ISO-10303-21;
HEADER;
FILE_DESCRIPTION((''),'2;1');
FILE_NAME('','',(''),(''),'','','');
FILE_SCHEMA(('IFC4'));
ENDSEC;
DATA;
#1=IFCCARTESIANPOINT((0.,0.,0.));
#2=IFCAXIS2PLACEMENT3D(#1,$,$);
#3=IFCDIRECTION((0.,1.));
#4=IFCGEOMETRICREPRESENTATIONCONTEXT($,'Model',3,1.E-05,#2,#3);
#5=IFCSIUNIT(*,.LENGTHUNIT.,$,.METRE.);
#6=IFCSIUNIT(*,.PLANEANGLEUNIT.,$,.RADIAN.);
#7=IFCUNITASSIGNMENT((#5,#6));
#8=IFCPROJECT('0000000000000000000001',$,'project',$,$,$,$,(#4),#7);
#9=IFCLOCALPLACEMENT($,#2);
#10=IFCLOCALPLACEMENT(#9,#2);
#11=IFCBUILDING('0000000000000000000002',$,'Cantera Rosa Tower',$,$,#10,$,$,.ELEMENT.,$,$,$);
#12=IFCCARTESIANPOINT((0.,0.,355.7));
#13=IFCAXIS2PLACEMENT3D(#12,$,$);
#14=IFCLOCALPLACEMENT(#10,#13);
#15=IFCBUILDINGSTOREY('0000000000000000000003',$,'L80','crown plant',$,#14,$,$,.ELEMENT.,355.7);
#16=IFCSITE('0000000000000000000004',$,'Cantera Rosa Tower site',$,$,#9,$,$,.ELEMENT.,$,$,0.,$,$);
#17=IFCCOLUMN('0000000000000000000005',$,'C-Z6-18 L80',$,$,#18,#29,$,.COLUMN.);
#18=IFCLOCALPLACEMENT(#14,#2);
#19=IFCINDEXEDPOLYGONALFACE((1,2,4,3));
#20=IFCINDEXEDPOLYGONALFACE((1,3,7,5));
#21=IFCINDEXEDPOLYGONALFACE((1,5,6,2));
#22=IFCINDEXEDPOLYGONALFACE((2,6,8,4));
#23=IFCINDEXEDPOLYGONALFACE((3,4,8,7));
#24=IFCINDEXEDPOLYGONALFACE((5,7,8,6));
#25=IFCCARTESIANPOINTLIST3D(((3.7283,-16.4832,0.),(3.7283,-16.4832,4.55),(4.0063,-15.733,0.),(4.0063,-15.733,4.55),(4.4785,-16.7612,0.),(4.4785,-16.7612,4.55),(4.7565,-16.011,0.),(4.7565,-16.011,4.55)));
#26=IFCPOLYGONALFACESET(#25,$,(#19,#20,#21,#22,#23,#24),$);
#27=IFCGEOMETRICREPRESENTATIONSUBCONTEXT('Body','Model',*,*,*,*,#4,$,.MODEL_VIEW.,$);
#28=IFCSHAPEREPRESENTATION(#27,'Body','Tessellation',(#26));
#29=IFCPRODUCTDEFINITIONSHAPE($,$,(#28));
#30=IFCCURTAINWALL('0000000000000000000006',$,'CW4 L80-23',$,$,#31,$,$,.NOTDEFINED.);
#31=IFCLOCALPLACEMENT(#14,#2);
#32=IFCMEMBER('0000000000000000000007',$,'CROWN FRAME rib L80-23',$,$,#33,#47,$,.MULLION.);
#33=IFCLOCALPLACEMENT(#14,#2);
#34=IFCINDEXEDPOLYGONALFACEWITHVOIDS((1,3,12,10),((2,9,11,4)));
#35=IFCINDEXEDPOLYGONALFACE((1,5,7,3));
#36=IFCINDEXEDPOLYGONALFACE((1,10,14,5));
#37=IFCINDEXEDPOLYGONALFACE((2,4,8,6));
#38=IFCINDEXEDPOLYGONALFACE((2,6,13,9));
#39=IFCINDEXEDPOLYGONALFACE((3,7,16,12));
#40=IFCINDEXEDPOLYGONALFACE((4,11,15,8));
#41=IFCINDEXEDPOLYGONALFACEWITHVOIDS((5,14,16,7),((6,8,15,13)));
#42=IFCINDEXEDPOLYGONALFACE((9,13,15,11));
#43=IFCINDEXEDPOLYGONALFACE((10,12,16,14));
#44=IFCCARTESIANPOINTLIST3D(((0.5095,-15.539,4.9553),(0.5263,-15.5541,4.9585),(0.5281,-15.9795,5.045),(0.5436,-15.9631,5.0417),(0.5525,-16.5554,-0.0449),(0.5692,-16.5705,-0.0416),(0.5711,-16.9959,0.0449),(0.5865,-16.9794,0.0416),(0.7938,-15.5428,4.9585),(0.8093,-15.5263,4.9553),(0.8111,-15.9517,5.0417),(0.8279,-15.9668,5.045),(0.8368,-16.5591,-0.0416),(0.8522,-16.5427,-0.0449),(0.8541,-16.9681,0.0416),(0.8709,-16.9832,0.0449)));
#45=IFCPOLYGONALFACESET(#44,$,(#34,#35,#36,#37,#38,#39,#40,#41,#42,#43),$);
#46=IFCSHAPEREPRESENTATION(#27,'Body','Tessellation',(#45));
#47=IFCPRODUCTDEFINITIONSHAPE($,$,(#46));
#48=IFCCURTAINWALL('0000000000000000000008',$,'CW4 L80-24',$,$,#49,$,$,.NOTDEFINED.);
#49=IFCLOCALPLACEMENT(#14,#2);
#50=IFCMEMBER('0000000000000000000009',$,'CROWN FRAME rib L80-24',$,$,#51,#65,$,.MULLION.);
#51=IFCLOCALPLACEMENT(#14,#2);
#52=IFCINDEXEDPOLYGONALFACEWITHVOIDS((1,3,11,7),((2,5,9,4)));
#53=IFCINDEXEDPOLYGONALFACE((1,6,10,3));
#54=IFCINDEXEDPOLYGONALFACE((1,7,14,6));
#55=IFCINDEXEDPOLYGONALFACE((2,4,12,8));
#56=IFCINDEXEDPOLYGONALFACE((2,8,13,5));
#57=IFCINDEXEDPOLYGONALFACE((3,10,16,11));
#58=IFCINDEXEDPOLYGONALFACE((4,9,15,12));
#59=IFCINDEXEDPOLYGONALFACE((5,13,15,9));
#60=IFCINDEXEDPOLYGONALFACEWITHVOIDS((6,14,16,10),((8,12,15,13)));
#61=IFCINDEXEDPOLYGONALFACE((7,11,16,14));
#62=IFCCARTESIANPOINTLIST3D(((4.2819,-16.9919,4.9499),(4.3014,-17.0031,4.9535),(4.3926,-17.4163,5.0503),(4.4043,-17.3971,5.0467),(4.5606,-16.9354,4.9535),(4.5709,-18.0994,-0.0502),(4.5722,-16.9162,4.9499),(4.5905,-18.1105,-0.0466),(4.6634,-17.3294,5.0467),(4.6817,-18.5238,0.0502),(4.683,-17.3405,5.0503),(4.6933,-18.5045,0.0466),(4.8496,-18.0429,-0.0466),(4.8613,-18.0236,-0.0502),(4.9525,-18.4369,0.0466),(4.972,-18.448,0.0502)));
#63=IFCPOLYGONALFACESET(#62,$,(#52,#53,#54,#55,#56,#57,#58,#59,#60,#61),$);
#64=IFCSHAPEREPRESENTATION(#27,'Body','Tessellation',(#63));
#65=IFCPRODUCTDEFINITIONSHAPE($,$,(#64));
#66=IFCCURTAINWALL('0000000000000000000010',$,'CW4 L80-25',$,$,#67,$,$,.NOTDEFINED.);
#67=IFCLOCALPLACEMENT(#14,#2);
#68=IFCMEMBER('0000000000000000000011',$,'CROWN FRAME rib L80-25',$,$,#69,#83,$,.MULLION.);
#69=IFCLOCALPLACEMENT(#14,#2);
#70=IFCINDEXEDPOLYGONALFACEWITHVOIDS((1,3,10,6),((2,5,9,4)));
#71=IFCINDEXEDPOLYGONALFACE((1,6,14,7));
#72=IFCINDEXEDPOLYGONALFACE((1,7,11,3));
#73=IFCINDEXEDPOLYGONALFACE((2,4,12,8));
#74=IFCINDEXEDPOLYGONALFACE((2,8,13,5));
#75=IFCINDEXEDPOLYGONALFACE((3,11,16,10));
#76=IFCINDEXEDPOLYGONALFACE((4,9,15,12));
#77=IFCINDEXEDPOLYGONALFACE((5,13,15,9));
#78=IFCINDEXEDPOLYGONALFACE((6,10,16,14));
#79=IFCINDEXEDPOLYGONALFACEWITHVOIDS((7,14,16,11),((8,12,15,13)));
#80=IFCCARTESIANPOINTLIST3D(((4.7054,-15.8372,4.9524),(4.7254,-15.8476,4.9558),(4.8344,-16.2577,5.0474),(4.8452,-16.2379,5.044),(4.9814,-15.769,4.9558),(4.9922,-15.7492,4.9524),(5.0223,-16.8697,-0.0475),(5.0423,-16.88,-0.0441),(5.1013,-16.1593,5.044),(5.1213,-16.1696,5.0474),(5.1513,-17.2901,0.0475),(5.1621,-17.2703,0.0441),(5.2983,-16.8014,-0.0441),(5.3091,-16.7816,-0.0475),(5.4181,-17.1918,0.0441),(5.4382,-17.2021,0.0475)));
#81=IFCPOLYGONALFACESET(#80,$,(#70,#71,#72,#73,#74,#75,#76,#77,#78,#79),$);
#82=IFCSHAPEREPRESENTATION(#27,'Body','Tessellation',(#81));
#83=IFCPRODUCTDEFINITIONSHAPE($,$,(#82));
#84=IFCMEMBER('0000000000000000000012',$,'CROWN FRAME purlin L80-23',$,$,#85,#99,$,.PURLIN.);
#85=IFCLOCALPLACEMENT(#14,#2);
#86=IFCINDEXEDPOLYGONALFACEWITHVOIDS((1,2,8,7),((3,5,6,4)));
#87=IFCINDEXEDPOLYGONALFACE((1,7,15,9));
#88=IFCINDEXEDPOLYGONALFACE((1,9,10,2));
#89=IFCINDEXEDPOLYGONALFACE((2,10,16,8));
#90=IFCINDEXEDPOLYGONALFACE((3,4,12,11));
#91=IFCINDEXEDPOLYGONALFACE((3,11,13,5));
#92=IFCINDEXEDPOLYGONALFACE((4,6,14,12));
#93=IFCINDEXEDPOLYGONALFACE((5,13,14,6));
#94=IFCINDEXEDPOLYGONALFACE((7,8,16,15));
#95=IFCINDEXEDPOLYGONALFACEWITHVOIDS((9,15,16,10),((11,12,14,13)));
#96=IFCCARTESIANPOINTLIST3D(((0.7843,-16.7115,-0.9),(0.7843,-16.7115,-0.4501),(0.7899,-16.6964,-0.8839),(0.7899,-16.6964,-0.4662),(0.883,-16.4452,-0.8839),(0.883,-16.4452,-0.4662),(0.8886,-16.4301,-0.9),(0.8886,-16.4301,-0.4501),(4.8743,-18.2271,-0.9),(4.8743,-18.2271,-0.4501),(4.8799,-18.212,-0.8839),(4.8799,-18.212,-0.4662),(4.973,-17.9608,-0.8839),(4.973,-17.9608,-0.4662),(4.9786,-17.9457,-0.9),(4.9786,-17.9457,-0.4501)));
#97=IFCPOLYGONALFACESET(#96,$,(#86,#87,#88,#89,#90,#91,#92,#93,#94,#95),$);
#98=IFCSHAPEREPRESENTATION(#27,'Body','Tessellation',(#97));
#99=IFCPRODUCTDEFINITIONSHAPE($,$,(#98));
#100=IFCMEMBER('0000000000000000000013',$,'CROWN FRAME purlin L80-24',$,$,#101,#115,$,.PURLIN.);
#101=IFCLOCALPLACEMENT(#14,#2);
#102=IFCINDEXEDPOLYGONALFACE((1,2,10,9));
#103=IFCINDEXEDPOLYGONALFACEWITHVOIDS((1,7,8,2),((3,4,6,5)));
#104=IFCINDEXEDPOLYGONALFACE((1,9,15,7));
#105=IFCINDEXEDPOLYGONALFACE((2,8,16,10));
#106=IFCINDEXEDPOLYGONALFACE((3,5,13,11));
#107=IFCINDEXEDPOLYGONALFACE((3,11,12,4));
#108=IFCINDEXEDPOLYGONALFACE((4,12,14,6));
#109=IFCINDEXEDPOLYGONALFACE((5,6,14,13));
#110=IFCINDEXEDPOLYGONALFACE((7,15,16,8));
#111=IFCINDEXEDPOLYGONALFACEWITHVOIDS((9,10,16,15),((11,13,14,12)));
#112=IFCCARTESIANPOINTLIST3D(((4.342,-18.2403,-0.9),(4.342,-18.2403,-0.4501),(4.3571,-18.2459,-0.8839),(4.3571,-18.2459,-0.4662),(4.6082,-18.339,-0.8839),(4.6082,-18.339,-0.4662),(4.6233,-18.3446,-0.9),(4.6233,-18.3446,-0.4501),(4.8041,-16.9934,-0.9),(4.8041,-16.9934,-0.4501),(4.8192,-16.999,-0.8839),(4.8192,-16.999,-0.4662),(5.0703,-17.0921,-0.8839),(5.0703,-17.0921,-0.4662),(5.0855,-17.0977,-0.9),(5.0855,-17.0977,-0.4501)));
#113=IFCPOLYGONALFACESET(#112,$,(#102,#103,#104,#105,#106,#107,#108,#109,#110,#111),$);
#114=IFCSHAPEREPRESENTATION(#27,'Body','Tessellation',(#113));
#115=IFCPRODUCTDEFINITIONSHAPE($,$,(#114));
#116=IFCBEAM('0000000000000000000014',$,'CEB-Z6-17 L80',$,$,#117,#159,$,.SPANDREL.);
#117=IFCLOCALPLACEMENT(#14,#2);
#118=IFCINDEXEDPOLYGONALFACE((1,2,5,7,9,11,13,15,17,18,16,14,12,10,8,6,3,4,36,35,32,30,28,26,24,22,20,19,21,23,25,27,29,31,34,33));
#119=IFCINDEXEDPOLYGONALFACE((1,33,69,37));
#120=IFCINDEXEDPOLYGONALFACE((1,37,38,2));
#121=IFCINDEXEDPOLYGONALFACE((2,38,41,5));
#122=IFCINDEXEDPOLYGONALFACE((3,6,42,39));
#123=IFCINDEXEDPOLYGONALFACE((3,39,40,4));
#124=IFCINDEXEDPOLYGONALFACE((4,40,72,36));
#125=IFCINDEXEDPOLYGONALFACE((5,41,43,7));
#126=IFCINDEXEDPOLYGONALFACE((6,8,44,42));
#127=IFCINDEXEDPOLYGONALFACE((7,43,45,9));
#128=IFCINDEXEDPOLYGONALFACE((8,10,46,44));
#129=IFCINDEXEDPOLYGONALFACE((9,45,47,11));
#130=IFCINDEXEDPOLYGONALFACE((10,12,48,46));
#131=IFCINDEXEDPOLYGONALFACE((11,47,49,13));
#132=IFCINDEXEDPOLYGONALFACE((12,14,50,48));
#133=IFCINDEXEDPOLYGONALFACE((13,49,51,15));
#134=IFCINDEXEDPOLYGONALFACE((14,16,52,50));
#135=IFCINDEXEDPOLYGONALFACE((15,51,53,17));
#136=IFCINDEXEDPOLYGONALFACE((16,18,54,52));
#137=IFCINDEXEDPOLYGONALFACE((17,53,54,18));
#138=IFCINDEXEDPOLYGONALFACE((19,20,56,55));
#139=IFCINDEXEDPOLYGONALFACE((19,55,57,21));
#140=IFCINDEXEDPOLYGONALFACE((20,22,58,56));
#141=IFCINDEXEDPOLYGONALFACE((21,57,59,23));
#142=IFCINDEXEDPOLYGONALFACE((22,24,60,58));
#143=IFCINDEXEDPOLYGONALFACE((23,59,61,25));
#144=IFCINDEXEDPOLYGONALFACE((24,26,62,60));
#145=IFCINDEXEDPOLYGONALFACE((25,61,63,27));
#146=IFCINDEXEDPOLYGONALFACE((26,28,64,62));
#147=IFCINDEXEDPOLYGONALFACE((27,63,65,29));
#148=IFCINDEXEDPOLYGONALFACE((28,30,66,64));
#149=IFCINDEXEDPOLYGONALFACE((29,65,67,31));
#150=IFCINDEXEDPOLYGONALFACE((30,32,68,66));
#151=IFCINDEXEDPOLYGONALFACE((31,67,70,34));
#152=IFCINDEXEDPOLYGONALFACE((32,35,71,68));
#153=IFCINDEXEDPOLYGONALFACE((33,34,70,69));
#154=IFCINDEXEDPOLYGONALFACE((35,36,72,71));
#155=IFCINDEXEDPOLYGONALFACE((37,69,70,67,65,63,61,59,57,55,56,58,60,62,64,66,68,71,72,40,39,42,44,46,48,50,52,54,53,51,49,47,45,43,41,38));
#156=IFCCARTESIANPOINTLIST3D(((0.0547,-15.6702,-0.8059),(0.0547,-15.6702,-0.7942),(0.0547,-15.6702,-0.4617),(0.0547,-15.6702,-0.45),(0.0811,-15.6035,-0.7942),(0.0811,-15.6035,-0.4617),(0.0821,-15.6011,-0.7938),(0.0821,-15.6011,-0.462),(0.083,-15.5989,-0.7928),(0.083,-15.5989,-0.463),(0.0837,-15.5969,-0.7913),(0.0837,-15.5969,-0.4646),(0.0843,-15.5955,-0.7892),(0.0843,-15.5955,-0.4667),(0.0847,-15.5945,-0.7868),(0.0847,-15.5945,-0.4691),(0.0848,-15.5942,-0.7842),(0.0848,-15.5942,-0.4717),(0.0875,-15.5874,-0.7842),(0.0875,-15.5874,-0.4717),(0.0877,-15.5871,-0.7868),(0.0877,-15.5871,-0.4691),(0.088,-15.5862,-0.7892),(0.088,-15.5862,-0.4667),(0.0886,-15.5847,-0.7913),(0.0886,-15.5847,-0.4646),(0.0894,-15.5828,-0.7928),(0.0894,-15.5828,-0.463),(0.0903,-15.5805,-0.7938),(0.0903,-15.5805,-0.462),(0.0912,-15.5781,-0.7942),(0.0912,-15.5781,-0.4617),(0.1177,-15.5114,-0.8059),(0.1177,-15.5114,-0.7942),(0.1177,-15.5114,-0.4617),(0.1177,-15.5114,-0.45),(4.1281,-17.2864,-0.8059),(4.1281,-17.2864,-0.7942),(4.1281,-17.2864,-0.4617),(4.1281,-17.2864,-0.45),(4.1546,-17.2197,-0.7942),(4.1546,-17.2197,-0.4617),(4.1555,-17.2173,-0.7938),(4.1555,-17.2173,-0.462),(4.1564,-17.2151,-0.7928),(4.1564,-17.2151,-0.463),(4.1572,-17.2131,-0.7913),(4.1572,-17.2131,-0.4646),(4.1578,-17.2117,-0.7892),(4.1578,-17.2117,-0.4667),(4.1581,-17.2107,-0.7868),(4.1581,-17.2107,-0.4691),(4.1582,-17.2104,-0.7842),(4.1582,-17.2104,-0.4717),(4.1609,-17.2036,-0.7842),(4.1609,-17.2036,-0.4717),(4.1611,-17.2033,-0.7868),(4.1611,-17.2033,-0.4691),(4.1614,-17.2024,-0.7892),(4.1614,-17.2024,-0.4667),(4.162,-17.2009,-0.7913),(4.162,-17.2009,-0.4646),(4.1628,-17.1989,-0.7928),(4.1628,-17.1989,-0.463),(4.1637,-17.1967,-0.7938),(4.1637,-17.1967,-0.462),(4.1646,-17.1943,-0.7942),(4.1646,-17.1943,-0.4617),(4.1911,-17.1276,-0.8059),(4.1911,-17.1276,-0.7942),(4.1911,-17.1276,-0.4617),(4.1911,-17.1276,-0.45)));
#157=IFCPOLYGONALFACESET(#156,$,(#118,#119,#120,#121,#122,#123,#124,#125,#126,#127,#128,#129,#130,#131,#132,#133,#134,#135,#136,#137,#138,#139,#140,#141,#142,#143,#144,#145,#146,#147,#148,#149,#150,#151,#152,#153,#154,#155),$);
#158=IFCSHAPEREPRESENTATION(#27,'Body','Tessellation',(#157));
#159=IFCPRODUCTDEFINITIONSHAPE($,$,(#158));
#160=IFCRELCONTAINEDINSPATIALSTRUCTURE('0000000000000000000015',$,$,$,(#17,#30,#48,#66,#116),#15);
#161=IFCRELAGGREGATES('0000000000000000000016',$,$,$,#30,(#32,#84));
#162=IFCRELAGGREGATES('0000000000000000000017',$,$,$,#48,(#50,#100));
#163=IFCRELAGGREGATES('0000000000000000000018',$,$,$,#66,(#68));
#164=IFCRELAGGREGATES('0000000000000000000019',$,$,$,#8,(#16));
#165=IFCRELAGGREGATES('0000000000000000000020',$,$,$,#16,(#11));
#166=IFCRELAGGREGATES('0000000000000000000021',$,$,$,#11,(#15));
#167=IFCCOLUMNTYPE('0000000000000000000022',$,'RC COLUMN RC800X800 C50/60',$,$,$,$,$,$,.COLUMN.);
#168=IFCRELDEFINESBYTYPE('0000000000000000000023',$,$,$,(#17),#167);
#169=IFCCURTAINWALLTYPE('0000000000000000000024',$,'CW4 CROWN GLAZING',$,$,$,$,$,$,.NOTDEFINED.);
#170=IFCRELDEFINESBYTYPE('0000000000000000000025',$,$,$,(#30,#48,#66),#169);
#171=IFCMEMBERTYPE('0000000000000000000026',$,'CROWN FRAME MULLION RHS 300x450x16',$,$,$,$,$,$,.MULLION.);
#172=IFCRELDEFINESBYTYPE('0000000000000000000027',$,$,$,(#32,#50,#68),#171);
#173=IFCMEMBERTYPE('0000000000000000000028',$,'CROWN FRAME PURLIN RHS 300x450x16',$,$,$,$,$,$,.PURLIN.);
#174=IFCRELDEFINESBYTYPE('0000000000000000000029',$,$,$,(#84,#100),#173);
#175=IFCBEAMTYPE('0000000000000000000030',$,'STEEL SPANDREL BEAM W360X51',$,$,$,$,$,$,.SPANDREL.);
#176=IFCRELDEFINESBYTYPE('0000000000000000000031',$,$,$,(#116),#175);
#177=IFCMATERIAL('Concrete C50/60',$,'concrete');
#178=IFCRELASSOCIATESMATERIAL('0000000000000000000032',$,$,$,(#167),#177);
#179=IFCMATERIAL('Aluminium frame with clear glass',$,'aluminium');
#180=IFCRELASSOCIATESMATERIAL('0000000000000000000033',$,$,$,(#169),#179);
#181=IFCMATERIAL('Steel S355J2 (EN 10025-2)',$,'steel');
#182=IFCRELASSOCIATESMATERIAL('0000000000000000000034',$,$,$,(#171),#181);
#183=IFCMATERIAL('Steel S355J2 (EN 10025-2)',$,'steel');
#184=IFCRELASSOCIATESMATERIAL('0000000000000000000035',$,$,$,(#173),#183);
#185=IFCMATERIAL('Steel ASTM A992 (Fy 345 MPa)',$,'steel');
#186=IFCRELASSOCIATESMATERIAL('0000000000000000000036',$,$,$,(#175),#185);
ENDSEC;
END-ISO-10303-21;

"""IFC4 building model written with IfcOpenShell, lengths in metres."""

from ifc_helpers import new_model, si_unit, direction, frame, origin, origin_2d, place, context, subcontext, project, spatial, rectangle, hollow_rectangle, i_section, extrude, material, material_profile, profile_set, type_object, element, aggregate, save


model = new_model("IFC4")

# Units and contexts
model_context = context("Model", 3, precision=1e-05, world=origin(), true_north=direction((0.0, 1.0)))
body_context = subcontext(model_context, "Body", "Model", "MODEL_VIEW")
ifc_project = project(units=[si_unit("LENGTHUNIT", "METRE"), si_unit("PLANEANGLEUNIT", "RADIAN")], contexts=[model_context])

# Site, building, storey
site_placement = place(None, origin())
site = spatial("IfcSite", under=ifc_project, at=site_placement, Name="Cantera Rosa Tower site", CompositionType="ELEMENT", RefElevation=0.0)
building_placement = place(site_placement, origin())
building = spatial("IfcBuilding", under=site, at=building_placement, Name="Cantera Rosa Tower", CompositionType="ELEMENT")
storey_placement = place(building_placement, frame((0.0, 0.0, 355.7)))
storey = spatial("IfcBuildingStorey", under=building, at=storey_placement, Name="L80", Description="crown plant", CompositionType="ELEMENT", Elevation=355.7)

# Column
ifc_material_1 = material(Name="Concrete C50/60", Category="concrete")
ifc_material_profile_1 = material_profile(ifc_material_1, rectangle(XDim=0.8, YDim=0.8, at=origin_2d()), Name="RC COLUMN RC800X800 C50/60")
ifc_profile_set_1 = profile_set([ifc_material_profile_1], Name="Concrete C50/60")
column_type = type_object("IfcColumnType", Name="RC COLUMN RC800X800 C50/60", PredefinedType="COLUMN", material=ifc_profile_set_1)
column_placement = place(storey_placement, frame((4.2424, -16.2471, 0.0), z_axis=(0.0, 0.0, 1.0), x_axis=(0.347481, 0.937687, 0.0)))
element("IfcColumn", 1, at=column_placement, inside=storey, type_object=column_type, Name="C-Z6-18 L80", PredefinedType="COLUMN", context=body_context, shape_type="SweptSolid", body=[
    extrude(rectangle(XDim=0.8, YDim=0.8, at=origin_2d()), origin(), (0.0, 0.0, 1.0), 4.55),
])

# Curtain walls, members
ifc_material_2 = material(Name="Aluminium frame with clear glass", Category="aluminium")
curtain_wall_type = type_object("IfcCurtainWallType", Name="CW4 CROWN GLAZING", PredefinedType="NOTDEFINED", material=ifc_material_2)
curtain_wall_1_placement = place(storey_placement, origin())
curtain_wall_1 = element("IfcCurtainWall", 2, at=curtain_wall_1_placement, inside=storey, type_object=curtain_wall_type, Name="CW4 L80-23", PredefinedType="NOTDEFINED")
ifc_material_3 = material(Name="Steel S355J2 (EN 10025-2)", Category="steel")
ifc_material_profile_2 = material_profile(ifc_material_3, hollow_rectangle(XDim=0.3, YDim=0.45, WallThickness=0.0161, at=origin_2d()), Name="CROWN FRAME MULLION RHS 300x450x16")
ifc_profile_set_2 = profile_set([ifc_material_profile_2], Name="Steel S355J2 (EN 10025-2)")
member_type_1 = type_object("IfcMemberType", Name="CROWN FRAME MULLION RHS 300x450x16", PredefinedType="MULLION", material=ifc_profile_set_2)
member_1_placement = place(storey_placement, frame((0.7117, -16.7693, 0.0), z_axis=(-0.008421, 0.199191, 0.979925), x_axis=(-0.999108, -0.042239, 0.0)))
member_1 = element("IfcMember", 3, at=member_1_placement, type_object=member_type_1, Name="CROWN FRAME rib L80-23", PredefinedType="MULLION", context=body_context, shape_type="SweptSolid", body=[
    extrude(hollow_rectangle(XDim=0.3, YDim=0.45, WallThickness=0.0161, at=origin_2d()), origin(), (0.0, 0.0, 1.0), 5.1025),
])
curtain_wall_2_placement = place(storey_placement, origin())
curtain_wall_2 = element("IfcCurtainWall", 4, at=curtain_wall_2_placement, inside=storey, type_object=curtain_wall_type, Name="CW4 L80-24", PredefinedType="NOTDEFINED")
member_2_placement = place(storey_placement, frame((4.7715, -18.2737, 0.0), z_axis=(-0.056355, 0.2159, 0.974788), x_axis=(-0.967581, -0.252561, 0.0)))
member_2 = element("IfcMember", 5, at=member_2_placement, type_object=member_type_1, Name="CROWN FRAME rib L80-24", PredefinedType="MULLION", context=body_context, shape_type="SweptSolid", body=[
    extrude(hollow_rectangle(XDim=0.3, YDim=0.45, WallThickness=0.0161, at=origin_2d()), origin(), (0.0, 0.0, 1.0), 5.1294),
])
curtain_wall_3_placement = place(storey_placement, origin())
curtain_wall_3 = element("IfcCurtainWall", 6, at=curtain_wall_3_placement, inside=storey, type_object=curtain_wall_type, Name="CW4 L80-25", PredefinedType="NOTDEFINED")
member_3_placement = place(storey_placement, frame((5.2302, -17.0359, 0.0), z_axis=(-0.06195, 0.201839, 0.977457), x_axis=(-0.955984, -0.293419, 0.0)))
member_3 = element("IfcMember", 7, at=member_3_placement, type_object=member_type_1, Name="CROWN FRAME rib L80-25", PredefinedType="MULLION", context=body_context, shape_type="SweptSolid", body=[
    extrude(hollow_rectangle(XDim=0.3, YDim=0.45, WallThickness=0.0161, at=origin_2d()), origin(), (0.0, 0.0, 1.0), 5.1152),
])

# Members
ifc_material_4 = material(Name="Steel S355J2 (EN 10025-2)", Category="steel")
ifc_material_profile_3 = material_profile(ifc_material_4, hollow_rectangle(XDim=0.3, YDim=0.45, WallThickness=0.0161, at=origin_2d()), Name="CROWN FRAME PURLIN RHS 300x450x16")
ifc_profile_set_3 = profile_set([ifc_material_profile_3], Name="Steel S355J2 (EN 10025-2)")
member_type_2 = type_object("IfcMemberType", Name="CROWN FRAME PURLIN RHS 300x450x16", PredefinedType="PURLIN", material=ifc_profile_set_3)
member_4_placement = place(storey_placement, frame((0.8364, -16.5708, -0.675), z_axis=(0.937691, -0.347471, 0.0), x_axis=(0.347471, 0.937691, 0.0)))
member_4 = element("IfcMember", 8, at=member_4_placement, type_object=member_type_2, Name="CROWN FRAME purlin L80-23", PredefinedType="PURLIN", context=body_context, shape_type="SweptSolid", body=[
    extrude(hollow_rectangle(XDim=0.3, YDim=0.45, WallThickness=0.0161, at=origin_2d()), origin(), (0.0, 0.0, 1.0), 4.3618),
])
member_5_placement = place(storey_placement, frame((4.4827, -18.2925, -0.675), z_axis=(0.3475, 0.93768, 0.0), x_axis=(-0.93768, 0.3475, 0.0)))
member_5 = element("IfcMember", 9, at=member_5_placement, type_object=member_type_2, Name="CROWN FRAME purlin L80-24", PredefinedType="PURLIN", context=body_context, shape_type="SweptSolid", body=[
    extrude(hollow_rectangle(XDim=0.3, YDim=0.45, WallThickness=0.0161, at=origin_2d()), origin(), (0.0, 0.0, 1.0), 1.3298),
])

# Beam
ifc_material_5 = material(Name="Steel ASTM A992 (Fy 345 MPa)", Category="steel")
ifc_material_profile_4 = material_profile(ifc_material_5, i_section(OverallWidth=0.1709, OverallDepth=0.356, WebThickness=0.0073, FlangeThickness=0.0117, FilletRadius=0.01, at=origin_2d()), Name="W360X51")
ifc_profile_set_4 = profile_set([ifc_material_profile_4], Name="Steel ASTM A992 (Fy 345 MPa)")
beam_type = type_object("IfcBeamType", Name="STEEL SPANDREL BEAM W360X51", PredefinedType="SPANDREL", material=ifc_profile_set_4)
beam_1_placement = place(storey_placement, frame((0.0862, -15.5908, -0.6279), z_axis=(0.92951, -0.368796, 0.0), x_axis=(0.368796, 0.92951, 0.0)))
element("IfcBeam", 10, at=beam_1_placement, inside=storey, type_object=beam_type, Name="CEB-Z6-17 L80", PredefinedType="SPANDREL", context=body_context, shape_type="SweptSolid", body=[
    extrude(i_section(OverallWidth=0.1709, OverallDepth=0.356, WebThickness=0.0073, FlangeThickness=0.0117, FilletRadius=0.01, at=origin_2d()), origin(), (0.0, 0.0, 1.0), 4.3823),
])

aggregate(curtain_wall_1, [member_1, member_4])
aggregate(curtain_wall_2, [member_2, member_5])
aggregate(curtain_wall_3, [member_3])

save(model, "model.ifc")
